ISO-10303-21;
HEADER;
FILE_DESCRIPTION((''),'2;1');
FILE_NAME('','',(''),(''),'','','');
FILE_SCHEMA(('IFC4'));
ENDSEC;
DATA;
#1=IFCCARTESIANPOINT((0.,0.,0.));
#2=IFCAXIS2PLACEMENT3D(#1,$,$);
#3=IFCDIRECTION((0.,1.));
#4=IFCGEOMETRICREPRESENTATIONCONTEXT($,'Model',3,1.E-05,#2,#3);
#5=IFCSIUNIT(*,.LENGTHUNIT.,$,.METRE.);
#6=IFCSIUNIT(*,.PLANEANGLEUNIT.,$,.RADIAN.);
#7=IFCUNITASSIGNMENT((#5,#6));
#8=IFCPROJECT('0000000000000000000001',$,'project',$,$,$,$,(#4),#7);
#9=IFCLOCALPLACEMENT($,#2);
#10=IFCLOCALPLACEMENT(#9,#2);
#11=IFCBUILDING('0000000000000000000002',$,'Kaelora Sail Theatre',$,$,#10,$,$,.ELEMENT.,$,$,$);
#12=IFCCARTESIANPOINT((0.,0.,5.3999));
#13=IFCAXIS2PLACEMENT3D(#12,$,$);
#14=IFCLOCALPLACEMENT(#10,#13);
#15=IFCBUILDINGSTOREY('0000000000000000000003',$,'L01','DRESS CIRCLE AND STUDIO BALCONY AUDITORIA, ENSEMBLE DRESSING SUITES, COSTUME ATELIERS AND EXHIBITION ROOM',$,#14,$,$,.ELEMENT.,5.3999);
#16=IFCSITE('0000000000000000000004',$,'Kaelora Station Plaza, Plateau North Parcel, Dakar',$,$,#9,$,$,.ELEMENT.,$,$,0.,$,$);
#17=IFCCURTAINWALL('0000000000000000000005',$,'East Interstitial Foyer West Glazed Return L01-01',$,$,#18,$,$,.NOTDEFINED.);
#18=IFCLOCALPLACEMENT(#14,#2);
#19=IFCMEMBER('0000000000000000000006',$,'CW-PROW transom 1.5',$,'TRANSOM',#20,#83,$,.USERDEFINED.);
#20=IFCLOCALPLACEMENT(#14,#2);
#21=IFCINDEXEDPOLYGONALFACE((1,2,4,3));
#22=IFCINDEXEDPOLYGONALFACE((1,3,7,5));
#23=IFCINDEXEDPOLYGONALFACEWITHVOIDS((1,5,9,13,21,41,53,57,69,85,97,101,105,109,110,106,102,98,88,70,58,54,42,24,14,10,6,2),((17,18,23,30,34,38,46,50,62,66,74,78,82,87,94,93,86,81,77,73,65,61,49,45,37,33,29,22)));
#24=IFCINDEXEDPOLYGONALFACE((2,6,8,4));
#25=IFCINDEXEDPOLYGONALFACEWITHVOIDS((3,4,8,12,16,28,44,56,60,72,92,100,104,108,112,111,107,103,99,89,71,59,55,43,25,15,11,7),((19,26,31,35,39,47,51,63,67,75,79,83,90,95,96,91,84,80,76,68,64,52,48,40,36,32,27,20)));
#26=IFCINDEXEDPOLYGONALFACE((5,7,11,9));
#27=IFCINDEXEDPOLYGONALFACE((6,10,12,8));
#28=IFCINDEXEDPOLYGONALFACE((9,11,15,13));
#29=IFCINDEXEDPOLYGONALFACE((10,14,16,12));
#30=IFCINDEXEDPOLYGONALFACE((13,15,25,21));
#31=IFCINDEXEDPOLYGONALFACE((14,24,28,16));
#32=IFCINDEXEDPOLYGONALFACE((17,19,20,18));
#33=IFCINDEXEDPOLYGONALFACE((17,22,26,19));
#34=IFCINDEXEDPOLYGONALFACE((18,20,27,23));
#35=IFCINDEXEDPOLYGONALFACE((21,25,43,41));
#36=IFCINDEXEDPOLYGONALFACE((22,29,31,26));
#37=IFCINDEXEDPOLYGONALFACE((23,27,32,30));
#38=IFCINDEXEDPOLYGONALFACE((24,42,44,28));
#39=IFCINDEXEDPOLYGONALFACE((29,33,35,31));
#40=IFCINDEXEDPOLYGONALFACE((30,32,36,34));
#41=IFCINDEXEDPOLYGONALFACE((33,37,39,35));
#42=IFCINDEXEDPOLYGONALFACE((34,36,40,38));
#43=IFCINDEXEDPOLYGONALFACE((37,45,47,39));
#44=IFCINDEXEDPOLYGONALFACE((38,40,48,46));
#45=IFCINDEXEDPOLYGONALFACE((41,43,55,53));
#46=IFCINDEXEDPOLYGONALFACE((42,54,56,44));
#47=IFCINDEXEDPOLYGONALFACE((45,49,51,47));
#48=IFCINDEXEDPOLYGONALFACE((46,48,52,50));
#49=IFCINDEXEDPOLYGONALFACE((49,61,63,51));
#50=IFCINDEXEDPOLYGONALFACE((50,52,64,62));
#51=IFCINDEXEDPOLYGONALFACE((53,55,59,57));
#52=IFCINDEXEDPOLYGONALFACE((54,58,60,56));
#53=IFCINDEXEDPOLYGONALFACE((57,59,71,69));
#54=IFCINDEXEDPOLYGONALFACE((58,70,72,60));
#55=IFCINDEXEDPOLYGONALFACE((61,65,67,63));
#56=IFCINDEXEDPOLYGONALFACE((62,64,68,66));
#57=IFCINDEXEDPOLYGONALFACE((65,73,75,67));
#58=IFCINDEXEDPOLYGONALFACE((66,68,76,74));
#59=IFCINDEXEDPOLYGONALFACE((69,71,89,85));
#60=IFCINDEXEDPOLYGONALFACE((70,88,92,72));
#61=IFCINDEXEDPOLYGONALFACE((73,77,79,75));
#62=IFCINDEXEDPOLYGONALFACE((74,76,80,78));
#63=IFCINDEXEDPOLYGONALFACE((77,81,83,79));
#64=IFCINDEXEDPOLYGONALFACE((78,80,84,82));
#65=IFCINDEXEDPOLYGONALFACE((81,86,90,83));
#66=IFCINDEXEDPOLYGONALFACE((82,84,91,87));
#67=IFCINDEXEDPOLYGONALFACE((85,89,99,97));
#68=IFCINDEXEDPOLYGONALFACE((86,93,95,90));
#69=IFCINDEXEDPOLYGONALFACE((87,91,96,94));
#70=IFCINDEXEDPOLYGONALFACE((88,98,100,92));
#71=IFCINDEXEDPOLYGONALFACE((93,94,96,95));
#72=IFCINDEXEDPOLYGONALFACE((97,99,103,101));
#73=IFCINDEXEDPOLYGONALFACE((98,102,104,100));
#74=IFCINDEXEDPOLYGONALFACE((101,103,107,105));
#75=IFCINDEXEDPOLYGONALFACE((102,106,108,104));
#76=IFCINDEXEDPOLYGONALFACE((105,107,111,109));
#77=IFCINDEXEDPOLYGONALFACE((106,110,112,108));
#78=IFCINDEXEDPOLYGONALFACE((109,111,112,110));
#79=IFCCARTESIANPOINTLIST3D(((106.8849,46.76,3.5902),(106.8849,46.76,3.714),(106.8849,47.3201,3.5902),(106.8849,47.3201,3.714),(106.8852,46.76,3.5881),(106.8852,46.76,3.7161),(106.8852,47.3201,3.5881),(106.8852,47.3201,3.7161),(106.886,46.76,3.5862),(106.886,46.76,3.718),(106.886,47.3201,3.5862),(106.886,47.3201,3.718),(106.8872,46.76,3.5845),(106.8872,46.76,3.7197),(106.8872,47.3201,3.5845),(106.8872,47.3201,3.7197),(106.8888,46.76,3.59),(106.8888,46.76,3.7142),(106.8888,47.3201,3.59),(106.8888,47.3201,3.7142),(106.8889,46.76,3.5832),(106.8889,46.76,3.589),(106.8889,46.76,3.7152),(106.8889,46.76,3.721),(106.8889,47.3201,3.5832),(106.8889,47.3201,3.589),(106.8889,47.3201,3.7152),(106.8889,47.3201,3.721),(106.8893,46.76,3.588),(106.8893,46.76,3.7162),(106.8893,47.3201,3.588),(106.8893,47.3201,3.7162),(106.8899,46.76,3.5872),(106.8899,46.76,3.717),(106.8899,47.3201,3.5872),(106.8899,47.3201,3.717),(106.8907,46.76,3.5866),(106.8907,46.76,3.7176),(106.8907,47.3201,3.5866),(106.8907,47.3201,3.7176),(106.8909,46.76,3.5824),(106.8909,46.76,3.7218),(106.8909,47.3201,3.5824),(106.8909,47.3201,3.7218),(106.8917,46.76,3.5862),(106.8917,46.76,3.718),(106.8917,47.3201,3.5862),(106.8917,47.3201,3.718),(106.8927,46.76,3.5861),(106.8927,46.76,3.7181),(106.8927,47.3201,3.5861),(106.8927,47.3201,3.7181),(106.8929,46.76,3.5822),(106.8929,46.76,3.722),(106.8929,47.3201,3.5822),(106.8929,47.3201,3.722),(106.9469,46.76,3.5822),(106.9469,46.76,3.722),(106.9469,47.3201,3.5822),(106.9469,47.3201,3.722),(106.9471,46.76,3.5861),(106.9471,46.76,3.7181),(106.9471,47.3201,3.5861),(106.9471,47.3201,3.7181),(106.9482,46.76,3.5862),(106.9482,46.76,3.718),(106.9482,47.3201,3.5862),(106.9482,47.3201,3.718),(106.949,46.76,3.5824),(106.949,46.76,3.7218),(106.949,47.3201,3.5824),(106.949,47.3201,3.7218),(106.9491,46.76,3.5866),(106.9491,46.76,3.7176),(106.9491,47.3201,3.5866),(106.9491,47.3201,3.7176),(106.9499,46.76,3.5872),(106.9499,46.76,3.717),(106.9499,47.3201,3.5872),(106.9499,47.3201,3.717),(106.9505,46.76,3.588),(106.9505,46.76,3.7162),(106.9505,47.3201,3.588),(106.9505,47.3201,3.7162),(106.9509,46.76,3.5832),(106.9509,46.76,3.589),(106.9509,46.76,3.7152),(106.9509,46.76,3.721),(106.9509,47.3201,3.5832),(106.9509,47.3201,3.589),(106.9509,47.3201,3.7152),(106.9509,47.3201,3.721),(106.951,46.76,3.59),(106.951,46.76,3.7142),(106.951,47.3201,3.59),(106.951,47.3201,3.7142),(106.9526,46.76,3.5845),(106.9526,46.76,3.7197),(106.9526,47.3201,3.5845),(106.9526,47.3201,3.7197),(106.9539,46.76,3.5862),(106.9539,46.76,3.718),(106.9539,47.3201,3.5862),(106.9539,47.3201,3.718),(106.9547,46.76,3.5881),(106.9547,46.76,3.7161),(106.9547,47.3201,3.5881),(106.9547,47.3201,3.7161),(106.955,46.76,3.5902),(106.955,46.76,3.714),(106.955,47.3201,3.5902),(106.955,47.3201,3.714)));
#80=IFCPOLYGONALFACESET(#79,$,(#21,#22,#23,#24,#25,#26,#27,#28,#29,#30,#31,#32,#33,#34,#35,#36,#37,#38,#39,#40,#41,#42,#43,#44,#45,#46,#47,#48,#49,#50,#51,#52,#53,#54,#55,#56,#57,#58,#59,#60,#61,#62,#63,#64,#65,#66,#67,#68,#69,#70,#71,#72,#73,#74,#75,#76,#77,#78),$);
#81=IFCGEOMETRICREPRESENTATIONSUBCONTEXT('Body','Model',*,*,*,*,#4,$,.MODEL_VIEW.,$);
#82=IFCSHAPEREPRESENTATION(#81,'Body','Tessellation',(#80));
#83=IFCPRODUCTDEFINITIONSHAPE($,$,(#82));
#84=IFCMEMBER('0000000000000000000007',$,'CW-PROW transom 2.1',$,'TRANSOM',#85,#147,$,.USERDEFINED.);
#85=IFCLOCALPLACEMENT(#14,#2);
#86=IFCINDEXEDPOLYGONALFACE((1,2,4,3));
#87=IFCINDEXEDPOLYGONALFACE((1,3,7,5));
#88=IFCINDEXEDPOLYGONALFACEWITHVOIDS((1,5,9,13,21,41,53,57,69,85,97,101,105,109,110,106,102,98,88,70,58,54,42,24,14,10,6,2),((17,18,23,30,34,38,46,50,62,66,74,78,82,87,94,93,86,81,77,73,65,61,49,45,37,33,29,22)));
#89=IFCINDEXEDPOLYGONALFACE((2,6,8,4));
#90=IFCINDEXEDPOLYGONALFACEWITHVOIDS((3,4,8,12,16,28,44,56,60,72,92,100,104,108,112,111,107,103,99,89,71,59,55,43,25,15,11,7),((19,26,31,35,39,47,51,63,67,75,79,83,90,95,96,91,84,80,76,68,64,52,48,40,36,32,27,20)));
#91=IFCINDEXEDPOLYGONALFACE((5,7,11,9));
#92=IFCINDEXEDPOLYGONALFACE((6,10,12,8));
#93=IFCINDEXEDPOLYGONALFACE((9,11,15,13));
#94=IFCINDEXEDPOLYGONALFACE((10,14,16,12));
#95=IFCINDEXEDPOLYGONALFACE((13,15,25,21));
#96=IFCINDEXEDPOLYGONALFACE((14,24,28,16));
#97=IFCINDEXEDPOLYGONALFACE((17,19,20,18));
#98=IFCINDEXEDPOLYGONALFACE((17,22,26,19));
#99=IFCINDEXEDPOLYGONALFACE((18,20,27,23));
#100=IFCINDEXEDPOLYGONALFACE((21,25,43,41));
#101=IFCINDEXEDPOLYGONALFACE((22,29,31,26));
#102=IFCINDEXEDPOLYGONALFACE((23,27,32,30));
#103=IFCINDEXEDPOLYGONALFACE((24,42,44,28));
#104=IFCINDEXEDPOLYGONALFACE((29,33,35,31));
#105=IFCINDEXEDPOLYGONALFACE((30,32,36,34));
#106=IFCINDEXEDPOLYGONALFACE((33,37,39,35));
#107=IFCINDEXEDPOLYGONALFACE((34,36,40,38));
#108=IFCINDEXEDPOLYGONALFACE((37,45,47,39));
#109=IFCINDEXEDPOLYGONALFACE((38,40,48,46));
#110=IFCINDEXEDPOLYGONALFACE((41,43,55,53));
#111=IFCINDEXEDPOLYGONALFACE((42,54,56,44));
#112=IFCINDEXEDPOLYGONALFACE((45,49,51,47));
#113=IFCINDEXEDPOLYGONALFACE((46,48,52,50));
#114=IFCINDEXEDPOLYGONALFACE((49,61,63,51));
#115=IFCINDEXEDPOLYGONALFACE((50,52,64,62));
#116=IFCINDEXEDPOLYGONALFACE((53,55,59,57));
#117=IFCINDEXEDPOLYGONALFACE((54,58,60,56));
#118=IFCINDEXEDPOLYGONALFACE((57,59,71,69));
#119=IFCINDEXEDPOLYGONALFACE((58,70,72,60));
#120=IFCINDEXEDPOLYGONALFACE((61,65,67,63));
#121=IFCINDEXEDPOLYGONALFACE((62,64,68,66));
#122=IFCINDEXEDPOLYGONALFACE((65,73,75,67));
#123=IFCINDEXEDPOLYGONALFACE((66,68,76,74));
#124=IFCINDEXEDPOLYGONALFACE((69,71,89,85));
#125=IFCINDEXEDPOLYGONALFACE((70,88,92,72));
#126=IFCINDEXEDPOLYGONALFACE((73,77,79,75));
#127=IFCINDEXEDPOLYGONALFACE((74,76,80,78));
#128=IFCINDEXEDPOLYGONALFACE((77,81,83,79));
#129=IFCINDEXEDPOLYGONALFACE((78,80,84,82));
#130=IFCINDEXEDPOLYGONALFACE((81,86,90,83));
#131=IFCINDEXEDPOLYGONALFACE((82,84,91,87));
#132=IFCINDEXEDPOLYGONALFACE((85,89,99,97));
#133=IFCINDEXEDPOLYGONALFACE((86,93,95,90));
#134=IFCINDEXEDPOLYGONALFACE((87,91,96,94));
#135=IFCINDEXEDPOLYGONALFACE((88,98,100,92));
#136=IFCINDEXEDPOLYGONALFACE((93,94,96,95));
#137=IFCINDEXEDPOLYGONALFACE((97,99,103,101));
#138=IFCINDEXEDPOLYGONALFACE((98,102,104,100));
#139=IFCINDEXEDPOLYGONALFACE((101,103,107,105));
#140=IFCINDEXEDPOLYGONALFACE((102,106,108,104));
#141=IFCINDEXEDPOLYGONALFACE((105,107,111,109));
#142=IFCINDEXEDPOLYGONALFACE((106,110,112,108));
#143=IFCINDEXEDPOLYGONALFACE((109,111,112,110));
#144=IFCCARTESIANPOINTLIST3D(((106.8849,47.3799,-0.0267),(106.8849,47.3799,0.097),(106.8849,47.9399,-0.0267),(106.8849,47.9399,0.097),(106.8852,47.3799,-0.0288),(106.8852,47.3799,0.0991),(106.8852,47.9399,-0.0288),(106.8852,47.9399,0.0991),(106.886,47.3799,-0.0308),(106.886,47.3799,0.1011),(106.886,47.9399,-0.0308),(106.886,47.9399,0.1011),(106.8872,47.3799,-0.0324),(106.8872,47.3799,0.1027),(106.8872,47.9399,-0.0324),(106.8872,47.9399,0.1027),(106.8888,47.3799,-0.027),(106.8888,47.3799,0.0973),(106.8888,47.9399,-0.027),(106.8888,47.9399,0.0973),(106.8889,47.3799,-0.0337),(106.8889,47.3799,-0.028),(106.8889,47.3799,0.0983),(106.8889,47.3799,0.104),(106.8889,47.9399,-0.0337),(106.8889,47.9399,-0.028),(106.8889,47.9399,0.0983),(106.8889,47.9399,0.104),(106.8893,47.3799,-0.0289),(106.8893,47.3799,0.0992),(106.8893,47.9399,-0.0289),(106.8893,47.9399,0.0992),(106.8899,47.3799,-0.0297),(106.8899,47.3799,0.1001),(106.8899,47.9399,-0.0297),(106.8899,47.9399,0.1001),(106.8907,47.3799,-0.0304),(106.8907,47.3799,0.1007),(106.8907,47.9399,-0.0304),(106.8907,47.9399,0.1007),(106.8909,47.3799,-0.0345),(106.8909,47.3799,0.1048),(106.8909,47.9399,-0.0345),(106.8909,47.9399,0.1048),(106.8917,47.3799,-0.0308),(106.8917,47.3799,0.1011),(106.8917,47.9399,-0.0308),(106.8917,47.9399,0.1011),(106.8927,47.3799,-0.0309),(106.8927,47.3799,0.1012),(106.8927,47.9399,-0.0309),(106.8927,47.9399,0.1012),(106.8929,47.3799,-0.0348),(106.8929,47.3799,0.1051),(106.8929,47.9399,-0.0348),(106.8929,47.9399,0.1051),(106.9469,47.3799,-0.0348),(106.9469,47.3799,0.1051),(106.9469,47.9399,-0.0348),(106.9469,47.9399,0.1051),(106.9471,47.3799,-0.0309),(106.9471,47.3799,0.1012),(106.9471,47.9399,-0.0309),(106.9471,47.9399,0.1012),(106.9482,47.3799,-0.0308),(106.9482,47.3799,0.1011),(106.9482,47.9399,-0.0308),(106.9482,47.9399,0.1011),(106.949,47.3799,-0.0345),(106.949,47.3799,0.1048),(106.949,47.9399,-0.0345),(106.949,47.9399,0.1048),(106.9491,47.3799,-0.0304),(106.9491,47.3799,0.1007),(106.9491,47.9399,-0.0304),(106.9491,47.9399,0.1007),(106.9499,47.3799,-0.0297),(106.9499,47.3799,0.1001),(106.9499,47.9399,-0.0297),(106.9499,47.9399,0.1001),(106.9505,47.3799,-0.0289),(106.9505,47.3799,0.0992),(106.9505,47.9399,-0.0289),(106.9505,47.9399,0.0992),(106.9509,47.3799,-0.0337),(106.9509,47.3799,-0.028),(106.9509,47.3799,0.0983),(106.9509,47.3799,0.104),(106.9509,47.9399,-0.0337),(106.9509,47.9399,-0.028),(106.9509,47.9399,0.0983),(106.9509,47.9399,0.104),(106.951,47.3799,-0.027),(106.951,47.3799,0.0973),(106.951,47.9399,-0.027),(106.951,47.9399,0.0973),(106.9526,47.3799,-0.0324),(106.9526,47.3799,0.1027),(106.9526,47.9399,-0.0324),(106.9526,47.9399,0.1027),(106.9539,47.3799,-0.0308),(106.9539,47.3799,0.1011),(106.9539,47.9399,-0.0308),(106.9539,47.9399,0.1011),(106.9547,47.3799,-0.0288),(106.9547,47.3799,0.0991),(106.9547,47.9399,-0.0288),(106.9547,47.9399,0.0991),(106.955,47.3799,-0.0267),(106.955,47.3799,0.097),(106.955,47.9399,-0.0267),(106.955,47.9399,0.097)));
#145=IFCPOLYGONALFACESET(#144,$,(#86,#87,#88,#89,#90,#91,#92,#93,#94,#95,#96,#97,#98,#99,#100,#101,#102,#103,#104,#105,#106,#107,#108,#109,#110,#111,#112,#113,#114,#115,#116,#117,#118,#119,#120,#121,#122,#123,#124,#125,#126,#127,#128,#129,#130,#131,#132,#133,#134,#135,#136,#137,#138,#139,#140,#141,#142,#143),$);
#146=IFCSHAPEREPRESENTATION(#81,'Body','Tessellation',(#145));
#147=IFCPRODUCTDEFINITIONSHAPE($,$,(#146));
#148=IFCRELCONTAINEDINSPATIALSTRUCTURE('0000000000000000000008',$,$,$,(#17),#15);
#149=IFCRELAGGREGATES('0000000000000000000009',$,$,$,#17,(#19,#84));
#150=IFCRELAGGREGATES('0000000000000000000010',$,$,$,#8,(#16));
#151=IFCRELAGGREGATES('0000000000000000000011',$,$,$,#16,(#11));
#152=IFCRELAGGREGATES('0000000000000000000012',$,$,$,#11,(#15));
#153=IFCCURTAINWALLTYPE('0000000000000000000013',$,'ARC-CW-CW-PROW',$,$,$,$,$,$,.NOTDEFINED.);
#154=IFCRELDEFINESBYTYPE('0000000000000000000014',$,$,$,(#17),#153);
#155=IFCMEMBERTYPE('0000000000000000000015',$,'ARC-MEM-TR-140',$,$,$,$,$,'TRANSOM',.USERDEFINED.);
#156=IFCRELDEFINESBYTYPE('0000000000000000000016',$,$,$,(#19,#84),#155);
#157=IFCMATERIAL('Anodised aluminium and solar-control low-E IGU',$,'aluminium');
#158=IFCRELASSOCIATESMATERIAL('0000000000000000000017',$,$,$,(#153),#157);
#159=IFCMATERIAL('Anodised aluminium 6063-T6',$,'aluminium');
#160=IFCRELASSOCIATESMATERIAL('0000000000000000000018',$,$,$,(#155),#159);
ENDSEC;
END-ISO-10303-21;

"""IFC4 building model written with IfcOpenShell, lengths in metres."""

from ifc_helpers import new_model, si_unit, direction, frame, origin, origin_2d, place, context, subcontext, project, spatial, hollow_rectangle, extrude, material, material_profile, profile_set, type_object, element, aggregate, save


model = new_model("IFC4")

# Units and contexts
model_context = context("Model", 3, precision=1e-05, world=origin(), true_north=direction((0.0, 1.0)))
body_context = subcontext(model_context, "Body", "Model", "MODEL_VIEW")
ifc_project = project(units=[si_unit("LENGTHUNIT", "METRE"), si_unit("PLANEANGLEUNIT", "RADIAN")], contexts=[model_context])

# Site, building, storey
site_placement = place(None, origin())
site = spatial("IfcSite", under=ifc_project, at=site_placement, Name="Kaelora Station Plaza, Plateau North Parcel, Dakar", CompositionType="ELEMENT", RefElevation=0.0)
building_placement = place(site_placement, origin())
building = spatial("IfcBuilding", under=site, at=building_placement, Name="Kaelora Sail Theatre", CompositionType="ELEMENT")
storey_placement = place(building_placement, frame((0.0, 0.0, 5.3999)))
storey = spatial("IfcBuildingStorey", under=building, at=storey_placement, Name="L01", Description="DRESS CIRCLE AND STUDIO BALCONY AUDITORIA, ENSEMBLE DRESSING SUITES, COSTUME ATELIERS AND EXHIBITION ROOM", CompositionType="ELEMENT", Elevation=5.3999)

# Shared definitions
ifc_material_1 = material(Name="Anodised aluminium and solar-control low-E IGU", Category="aluminium")
curtain_wall_type = type_object("IfcCurtainWallType", Name="ARC-CW-CW-PROW", PredefinedType="NOTDEFINED", material=ifc_material_1)

# Curtain wall
curtain_wall_1_placement = place(storey_placement, origin())
curtain_wall_1 = element("IfcCurtainWall", 1, at=curtain_wall_1_placement, inside=storey, type_object=curtain_wall_type, Name="East Interstitial Foyer West Glazed Return L01-01", PredefinedType="NOTDEFINED")

# Members
ifc_material_2 = material(Name="Anodised aluminium 6063-T6", Category="aluminium")
ifc_material_profile_1 = material_profile(ifc_material_2, hollow_rectangle(XDim=0.0701, YDim=0.1399, WallThickness=0.0039, InnerFilletRadius=0.0039, OuterFilletRadius=0.0081, at=origin_2d()), Name="ALU-TRAN 70x140x4")
ifc_profile_set_1 = profile_set([ifc_material_profile_1], Name="Anodised aluminium 6063-T6")
member_type_1 = type_object("IfcMemberType", Name="ARC-MEM-TR-140", ElementType="TRANSOM", PredefinedType="USERDEFINED", material=ifc_profile_set_1)
member_1_placement = place(storey_placement, frame((106.9199, 46.76, 3.6521), z_axis=(0.0, 1.0, 0.0), x_axis=(-1.0, 0.0, 0.0)))
member_1 = element("IfcMember", 2, at=member_1_placement, type_object=member_type_1, Name="CW-PROW transom 1.5", ObjectType="TRANSOM", PredefinedType="USERDEFINED", context=body_context, shape_type="SweptSolid", body=[
    extrude(hollow_rectangle(XDim=0.0701, YDim=0.1399, WallThickness=0.0039, InnerFilletRadius=0.0039, OuterFilletRadius=0.0081, at=origin_2d()), origin(), (0.0, 0.0, 1.0), 0.5601),
])
member_2_placement = place(storey_placement, frame((106.9199, 47.3799, 0.0352), z_axis=(0.0, 1.0, 0.0), x_axis=(-1.0, 0.0, 0.0)))
member_2 = element("IfcMember", 3, at=member_2_placement, type_object=member_type_1, Name="CW-PROW transom 2.1", ObjectType="TRANSOM", PredefinedType="USERDEFINED", context=body_context, shape_type="SweptSolid", body=[
    extrude(hollow_rectangle(XDim=0.0701, YDim=0.1399, WallThickness=0.0039, InnerFilletRadius=0.0039, OuterFilletRadius=0.0081, at=origin_2d()), origin(), (0.0, 0.0, 1.0), 0.5601),
])

aggregate(curtain_wall_1, [member_1, member_2])

save(model, "model.ifc")
